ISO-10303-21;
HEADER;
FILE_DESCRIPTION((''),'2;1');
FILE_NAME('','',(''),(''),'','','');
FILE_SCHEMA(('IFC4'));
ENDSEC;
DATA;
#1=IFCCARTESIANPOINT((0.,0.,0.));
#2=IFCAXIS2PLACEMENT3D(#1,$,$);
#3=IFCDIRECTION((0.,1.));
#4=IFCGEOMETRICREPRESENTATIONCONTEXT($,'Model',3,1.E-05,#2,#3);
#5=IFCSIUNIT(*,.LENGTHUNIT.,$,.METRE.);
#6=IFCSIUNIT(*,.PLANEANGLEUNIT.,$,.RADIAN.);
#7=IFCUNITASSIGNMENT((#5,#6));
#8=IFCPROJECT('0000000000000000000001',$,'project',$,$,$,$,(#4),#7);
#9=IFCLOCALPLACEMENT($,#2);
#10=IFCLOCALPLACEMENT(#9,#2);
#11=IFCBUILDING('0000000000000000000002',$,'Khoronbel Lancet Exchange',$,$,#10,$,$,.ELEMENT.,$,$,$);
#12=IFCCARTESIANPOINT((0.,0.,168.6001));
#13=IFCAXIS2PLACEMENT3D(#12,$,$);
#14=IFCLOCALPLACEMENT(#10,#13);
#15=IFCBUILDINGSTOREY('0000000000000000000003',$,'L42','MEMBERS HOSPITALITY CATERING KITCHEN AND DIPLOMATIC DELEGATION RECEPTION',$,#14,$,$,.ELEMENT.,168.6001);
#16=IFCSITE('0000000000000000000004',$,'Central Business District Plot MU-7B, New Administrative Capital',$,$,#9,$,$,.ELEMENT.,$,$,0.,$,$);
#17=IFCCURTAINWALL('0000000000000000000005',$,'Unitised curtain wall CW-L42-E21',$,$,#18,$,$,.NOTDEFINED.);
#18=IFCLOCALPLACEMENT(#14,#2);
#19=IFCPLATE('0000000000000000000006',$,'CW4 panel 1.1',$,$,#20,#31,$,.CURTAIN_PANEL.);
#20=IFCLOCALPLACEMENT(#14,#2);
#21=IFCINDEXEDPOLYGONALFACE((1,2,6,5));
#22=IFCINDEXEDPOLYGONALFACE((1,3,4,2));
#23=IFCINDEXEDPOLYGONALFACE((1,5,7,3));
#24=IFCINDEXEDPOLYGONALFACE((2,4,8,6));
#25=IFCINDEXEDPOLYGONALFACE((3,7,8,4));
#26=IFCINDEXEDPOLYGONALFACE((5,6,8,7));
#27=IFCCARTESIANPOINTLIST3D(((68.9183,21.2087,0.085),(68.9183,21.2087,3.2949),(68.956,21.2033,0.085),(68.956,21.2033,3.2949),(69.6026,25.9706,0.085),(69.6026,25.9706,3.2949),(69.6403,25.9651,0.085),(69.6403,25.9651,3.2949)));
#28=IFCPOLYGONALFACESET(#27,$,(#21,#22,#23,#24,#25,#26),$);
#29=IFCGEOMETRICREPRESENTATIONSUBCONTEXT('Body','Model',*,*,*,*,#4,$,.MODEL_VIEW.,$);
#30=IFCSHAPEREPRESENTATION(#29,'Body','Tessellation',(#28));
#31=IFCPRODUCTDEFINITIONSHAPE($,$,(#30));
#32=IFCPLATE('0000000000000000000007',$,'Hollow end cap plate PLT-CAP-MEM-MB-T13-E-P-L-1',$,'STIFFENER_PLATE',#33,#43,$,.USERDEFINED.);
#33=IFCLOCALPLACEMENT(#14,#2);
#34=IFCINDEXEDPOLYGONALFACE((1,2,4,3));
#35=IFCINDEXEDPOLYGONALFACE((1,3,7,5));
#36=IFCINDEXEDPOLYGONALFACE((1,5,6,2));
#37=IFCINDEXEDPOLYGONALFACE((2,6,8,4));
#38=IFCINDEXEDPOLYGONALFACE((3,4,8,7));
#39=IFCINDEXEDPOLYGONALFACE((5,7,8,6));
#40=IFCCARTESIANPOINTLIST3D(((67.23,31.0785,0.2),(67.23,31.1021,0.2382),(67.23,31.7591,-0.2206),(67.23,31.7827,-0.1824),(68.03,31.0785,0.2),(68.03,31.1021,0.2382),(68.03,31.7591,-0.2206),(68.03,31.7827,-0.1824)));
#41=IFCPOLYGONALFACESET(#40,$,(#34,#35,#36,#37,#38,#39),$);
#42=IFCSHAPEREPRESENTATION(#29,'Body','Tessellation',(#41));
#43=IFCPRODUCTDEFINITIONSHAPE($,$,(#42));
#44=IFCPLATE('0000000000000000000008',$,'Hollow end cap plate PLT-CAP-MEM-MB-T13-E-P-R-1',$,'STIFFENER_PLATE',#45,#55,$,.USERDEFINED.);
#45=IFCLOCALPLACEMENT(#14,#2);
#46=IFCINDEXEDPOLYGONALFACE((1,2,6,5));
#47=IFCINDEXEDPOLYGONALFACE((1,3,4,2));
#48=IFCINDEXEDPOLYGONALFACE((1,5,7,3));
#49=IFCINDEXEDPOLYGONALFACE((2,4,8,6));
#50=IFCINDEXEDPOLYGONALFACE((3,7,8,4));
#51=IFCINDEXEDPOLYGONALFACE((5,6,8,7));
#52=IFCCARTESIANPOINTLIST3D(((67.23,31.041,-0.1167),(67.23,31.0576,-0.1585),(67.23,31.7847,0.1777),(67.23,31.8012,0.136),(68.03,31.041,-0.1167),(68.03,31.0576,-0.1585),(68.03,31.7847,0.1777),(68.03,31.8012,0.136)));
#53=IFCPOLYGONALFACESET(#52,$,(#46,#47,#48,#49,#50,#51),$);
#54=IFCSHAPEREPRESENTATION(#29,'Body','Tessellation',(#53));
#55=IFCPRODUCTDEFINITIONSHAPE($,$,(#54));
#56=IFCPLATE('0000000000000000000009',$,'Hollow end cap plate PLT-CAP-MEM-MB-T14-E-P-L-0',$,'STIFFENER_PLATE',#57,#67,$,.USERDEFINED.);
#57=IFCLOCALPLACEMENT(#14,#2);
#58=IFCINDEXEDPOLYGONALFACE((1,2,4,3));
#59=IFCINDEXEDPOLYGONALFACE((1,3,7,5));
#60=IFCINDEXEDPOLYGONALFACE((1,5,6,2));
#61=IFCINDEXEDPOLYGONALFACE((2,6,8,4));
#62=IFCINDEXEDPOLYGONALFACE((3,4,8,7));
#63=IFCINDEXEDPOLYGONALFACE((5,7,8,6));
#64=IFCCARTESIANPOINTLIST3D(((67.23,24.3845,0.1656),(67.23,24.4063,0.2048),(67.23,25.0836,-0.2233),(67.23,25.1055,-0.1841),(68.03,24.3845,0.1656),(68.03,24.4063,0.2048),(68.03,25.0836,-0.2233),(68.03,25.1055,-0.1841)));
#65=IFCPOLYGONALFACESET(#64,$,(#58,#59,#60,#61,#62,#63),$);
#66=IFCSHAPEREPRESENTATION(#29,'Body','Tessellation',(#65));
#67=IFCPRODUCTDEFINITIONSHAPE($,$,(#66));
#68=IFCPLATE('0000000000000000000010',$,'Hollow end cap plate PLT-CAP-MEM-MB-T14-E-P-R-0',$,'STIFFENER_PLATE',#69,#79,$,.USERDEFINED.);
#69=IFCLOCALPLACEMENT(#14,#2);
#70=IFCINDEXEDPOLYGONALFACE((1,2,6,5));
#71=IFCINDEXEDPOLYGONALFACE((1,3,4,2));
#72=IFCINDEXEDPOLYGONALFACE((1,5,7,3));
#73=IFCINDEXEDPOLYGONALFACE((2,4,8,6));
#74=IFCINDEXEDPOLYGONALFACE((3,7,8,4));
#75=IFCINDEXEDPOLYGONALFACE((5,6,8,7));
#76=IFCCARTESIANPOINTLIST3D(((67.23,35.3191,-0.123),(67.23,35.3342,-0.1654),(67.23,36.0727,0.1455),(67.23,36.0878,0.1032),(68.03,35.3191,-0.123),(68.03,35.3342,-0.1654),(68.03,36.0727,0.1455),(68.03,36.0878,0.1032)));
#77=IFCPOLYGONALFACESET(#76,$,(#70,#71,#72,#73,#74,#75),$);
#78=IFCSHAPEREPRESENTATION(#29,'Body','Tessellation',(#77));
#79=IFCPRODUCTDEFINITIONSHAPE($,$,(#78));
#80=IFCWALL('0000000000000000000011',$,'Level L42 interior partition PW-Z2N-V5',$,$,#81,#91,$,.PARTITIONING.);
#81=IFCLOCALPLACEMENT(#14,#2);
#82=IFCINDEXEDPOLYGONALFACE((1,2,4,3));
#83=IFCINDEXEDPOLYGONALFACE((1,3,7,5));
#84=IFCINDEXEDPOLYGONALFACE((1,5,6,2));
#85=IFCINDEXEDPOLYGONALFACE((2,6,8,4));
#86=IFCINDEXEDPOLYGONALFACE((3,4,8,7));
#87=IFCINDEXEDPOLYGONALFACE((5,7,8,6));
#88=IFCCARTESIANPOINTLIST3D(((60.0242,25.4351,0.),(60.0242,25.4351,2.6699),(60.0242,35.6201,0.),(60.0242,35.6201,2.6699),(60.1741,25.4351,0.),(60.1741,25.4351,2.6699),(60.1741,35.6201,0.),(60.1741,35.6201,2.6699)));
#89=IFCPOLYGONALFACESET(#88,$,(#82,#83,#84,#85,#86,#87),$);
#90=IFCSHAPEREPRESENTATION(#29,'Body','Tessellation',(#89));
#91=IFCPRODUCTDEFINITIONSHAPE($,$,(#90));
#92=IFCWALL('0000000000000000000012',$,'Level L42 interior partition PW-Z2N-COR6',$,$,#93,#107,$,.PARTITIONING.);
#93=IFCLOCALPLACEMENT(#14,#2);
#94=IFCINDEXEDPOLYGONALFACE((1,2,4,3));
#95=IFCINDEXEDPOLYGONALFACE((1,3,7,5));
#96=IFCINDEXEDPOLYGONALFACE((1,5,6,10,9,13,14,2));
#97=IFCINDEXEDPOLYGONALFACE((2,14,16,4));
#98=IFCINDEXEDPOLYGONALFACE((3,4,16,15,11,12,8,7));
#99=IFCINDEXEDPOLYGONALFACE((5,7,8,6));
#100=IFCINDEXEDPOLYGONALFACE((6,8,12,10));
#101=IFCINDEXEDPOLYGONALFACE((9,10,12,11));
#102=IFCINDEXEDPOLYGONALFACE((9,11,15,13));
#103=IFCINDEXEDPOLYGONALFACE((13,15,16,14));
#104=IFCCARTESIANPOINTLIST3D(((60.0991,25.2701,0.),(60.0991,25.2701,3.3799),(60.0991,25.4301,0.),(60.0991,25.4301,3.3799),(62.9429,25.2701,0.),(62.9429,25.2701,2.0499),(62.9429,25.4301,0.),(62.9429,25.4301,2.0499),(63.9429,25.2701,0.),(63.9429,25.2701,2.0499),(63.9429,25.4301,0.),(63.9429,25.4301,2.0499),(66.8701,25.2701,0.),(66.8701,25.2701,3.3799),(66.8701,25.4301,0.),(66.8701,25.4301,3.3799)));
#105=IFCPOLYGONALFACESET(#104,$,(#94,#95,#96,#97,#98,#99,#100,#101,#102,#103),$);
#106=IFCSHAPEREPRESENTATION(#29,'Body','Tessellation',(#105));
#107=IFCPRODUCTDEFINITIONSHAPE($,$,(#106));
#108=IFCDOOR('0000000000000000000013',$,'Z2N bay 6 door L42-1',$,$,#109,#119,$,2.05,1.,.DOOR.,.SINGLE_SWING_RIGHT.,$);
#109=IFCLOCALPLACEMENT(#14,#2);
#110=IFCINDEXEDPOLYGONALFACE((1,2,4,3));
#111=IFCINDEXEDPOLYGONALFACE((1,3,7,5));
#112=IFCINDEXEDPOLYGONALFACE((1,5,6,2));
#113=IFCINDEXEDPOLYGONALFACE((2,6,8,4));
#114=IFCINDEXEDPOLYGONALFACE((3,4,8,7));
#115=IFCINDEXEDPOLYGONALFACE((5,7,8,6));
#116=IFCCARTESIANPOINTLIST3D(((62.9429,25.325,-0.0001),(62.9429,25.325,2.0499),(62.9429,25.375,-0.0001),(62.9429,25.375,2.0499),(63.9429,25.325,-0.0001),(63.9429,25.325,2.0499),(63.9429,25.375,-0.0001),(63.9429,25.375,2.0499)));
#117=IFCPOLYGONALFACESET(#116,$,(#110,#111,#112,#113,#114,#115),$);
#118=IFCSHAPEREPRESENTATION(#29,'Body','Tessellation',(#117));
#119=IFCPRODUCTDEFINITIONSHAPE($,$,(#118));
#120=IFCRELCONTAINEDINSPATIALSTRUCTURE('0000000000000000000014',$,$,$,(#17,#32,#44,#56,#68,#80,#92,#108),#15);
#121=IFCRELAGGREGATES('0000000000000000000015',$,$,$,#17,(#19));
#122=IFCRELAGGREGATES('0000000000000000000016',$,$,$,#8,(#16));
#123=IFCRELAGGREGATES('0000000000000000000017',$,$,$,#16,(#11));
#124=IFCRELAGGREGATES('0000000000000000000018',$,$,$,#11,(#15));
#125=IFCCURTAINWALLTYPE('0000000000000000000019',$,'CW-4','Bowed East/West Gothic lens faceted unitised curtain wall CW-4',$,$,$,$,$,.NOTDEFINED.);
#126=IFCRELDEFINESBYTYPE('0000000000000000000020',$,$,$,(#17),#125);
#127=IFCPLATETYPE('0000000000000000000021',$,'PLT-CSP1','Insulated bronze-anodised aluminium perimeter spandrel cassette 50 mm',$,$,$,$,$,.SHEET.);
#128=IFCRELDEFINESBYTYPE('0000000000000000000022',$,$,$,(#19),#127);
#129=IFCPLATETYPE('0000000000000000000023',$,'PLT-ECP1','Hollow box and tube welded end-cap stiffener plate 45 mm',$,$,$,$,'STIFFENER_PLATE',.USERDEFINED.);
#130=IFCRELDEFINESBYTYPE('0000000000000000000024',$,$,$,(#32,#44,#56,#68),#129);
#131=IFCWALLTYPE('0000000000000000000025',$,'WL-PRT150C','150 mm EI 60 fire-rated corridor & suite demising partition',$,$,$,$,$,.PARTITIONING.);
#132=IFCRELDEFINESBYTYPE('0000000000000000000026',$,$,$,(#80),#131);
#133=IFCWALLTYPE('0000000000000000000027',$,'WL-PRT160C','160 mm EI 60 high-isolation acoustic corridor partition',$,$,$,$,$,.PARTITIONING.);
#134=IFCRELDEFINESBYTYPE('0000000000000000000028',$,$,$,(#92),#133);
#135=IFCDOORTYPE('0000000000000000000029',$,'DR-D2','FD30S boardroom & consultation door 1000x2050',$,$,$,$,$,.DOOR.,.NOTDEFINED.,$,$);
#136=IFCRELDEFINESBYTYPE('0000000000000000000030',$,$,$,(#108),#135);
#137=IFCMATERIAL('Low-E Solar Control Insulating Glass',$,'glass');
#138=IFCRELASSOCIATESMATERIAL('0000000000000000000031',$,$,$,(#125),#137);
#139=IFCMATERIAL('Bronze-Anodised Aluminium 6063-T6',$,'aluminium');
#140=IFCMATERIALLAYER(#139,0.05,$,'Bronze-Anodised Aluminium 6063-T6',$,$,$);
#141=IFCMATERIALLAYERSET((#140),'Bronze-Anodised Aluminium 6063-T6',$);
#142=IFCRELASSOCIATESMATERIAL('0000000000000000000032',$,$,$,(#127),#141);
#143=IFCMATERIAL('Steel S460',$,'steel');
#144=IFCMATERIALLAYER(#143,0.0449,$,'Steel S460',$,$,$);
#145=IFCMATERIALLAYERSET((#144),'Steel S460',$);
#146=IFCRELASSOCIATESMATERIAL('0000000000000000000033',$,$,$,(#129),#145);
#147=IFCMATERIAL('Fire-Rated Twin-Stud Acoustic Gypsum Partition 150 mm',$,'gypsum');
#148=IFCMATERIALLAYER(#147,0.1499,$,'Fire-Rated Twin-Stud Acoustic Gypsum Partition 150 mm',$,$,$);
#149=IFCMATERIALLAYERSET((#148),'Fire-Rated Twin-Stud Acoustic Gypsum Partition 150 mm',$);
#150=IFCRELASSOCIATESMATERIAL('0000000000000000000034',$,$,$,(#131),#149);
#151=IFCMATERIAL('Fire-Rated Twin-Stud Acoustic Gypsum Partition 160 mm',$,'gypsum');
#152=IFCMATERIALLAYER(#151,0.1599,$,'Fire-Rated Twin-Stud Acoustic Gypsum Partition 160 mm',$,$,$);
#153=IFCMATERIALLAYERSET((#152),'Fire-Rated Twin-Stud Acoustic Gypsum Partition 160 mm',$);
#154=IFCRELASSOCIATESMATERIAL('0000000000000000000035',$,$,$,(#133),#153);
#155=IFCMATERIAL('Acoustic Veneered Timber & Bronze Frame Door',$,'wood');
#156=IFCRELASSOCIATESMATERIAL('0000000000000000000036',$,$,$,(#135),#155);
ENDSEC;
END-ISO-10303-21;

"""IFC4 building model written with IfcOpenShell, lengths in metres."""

from ifc_helpers import new_model, si_unit, direction, frame, frame_2d, origin, origin_2d, place, context, subcontext, project, spatial, polyline, rectangle, outline, extrude, material, layer, layer_set, type_object, element, fill, aggregate, save


model = new_model("IFC4")

# Units and contexts
model_context = context("Model", 3, precision=1e-05, world=origin(), true_north=direction((0.0, 1.0)))
body_context = subcontext(model_context, "Body", "Model", "MODEL_VIEW")
ifc_project = project(units=[si_unit("LENGTHUNIT", "METRE"), si_unit("PLANEANGLEUNIT", "RADIAN")], contexts=[model_context])

# Site, building, storey
site_placement = place(None, origin())
site = spatial("IfcSite", under=ifc_project, at=site_placement, Name="Central Business District Plot MU-7B, New Administrative Capital", CompositionType="ELEMENT", RefElevation=0.0)
building_placement = place(site_placement, origin())
building = spatial("IfcBuilding", under=site, at=building_placement, Name="Khoronbel Lancet Exchange", CompositionType="ELEMENT")
storey_placement = place(building_placement, frame((0.0, 0.0, 168.6001)))
storey = spatial("IfcBuildingStorey", under=building, at=storey_placement, Name="L42", Description="MEMBERS HOSPITALITY CATERING KITCHEN AND DIPLOMATIC DELEGATION RECEPTION", CompositionType="ELEMENT", Elevation=168.6001)

# Shared definitions
ifc_material_1 = material(Name="Steel S460", Category="steel")

# Shared definitions
ifc_material_2 = material(Name="Low-E Solar Control Insulating Glass", Category="glass")
curtain_wall_type = type_object("IfcCurtainWallType", Name="CW-4", Description="Bowed East/West Gothic lens faceted unitised curtain wall CW-4", PredefinedType="NOTDEFINED", material=ifc_material_2)
ifc_material_3 = material(Name="Bronze-Anodised Aluminium 6063-T6", Category="aluminium")

# Curtain wall
curtain_wall_1_placement = place(storey_placement, origin())
curtain_wall_1 = element("IfcCurtainWall", 1, at=curtain_wall_1_placement, inside=storey, type_object=curtain_wall_type, Name="Unitised curtain wall CW-L42-E21", PredefinedType="NOTDEFINED")

# Plate
ifc_layer_1 = layer(ifc_material_3, 0.05, Name="Bronze-Anodised Aluminium 6063-T6")
ifc_layer_set_1 = layer_set([ifc_layer_1], Name="Bronze-Anodised Aluminium 6063-T6")
plate_type_1 = type_object("IfcPlateType", Name="PLT-CSP1", Description="Insulated bronze-anodised aluminium perimeter spandrel cassette 50 mm", PredefinedType="SHEET", material=ifc_layer_set_1)
plate_1_placement = place(storey_placement, frame((69.2793, 23.5869, 0.085), z_axis=(0.0, 0.0, 1.0), x_axis=(-0.142257, -0.98983, 0.0)))
plate_1 = element("IfcPlate", 2, at=plate_1_placement, type_object=plate_type_1, Name="CW4 panel 1.1", PredefinedType="CURTAIN_PANEL", context=body_context, shape_type="SweptSolid", body=[
    extrude(rectangle(XDim=4.8108, YDim=0.0381, at=origin_2d()), origin(), (0.0, 0.0, 1.0), 3.21),
])
aggregate(curtain_wall_1, [plate_1])

# Plates
ifc_layer_2 = layer(ifc_material_1, 0.0449, Name="Steel S460")
ifc_layer_set_2 = layer_set([ifc_layer_2], Name="Steel S460")
plate_type_2 = type_object("IfcPlateType", Name="PLT-ECP1", Description="Hollow box and tube welded end-cap stiffener plate 45 mm", ElementType="STIFFENER_PLATE", PredefinedType="USERDEFINED", material=ifc_layer_set_2)
plate_2_placement = place(storey_placement, frame((68.03, 31.7827, -0.1824), z_axis=(0.0, 0.525714, 0.850662), x_axis=(-1.0, 0.0, 0.0)))
element("IfcPlate", 3, at=plate_2_placement, inside=storey, type_object=plate_type_2, Name="Hollow end cap plate PLT-CAP-MEM-MB-T13-E-P-L-1", ObjectType="STIFFENER_PLATE", PredefinedType="USERDEFINED", context=body_context, shape_type="SweptSolid", body=[
    extrude(outline(polyline([(0.0, 0.0), (0.8, 0.0), (0.8, 0.8), (0.0, 0.8), (0.0, 0.0)])), origin(), (0.0, 0.0, -1.0), 0.0449),
])
plate_3_placement = place(storey_placement, frame((67.23, 31.041, -0.1167), z_axis=(0.0, -0.368125, 0.929776), x_axis=(1.0, 0.0, 0.0)))
element("IfcPlate", 4, at=plate_3_placement, inside=storey, type_object=plate_type_2, Name="Hollow end cap plate PLT-CAP-MEM-MB-T13-E-P-R-1", ObjectType="STIFFENER_PLATE", PredefinedType="USERDEFINED", context=body_context, shape_type="SweptSolid", body=[
    extrude(outline(polyline([(0.0, 0.0), (0.8, 0.0), (0.8, 0.7998), (0.0, 0.7998), (0.0, 0.0)])), origin(), (0.0, 0.0, -1.0), 0.0449),
])
for number, where, z_axis, x_axis, name in (
    (5, (68.03, 25.1055, -0.1841), (0.0, 0.486083, 0.873912), (-1.0, 0.0, 0.0), "Hollow end cap plate PLT-CAP-MEM-MB-T14-E-P-L-0"),
    (6, (67.23, 35.3191, -0.123), (0.0, -0.33566, 0.941983), (1.0, 0.0, 0.0), "Hollow end cap plate PLT-CAP-MEM-MB-T14-E-P-R-0"),
):
    element("IfcPlate", number, at=place(storey_placement, frame(where, z_axis=z_axis, x_axis=x_axis)), inside=storey, type_object=plate_type_2, Name=name, ObjectType="STIFFENER_PLATE", PredefinedType="USERDEFINED", context=body_context, shape_type="SweptSolid", body=[
        extrude(outline(polyline([(0.0, 0.0), (0.8, 0.0), (0.8, 0.8), (0.0, 0.8), (0.0, 0.0)])), origin(), (0.0, 0.0, -1.0), 0.0449),
    ])

# Wall
ifc_material_4 = material(Name="Fire-Rated Twin-Stud Acoustic Gypsum Partition 150 mm", Category="gypsum")
ifc_layer_3 = layer(ifc_material_4, 0.1499, Name="Fire-Rated Twin-Stud Acoustic Gypsum Partition 150 mm")
ifc_layer_set_3 = layer_set([ifc_layer_3], Name="Fire-Rated Twin-Stud Acoustic Gypsum Partition 150 mm")
wall_type_1 = type_object("IfcWallType", Name="WL-PRT150C", Description="150 mm EI 60 fire-rated corridor & suite demising partition", PredefinedType="PARTITIONING", material=ifc_layer_set_3)
wall_1_placement = place(storey_placement, frame((60.0991, 25.4351, 0.0), z_axis=(0.0, 0.0, 1.0), x_axis=(0.0, 1.0, 0.0)))
element("IfcWall", 7, at=wall_1_placement, inside=storey, type_object=wall_type_1, Name="Level L42 interior partition PW-Z2N-V5", PredefinedType="PARTITIONING", context=body_context, shape_type="SweptSolid", body=[
    extrude(rectangle(XDim=10.1851, YDim=0.1499, at=frame_2d((5.0925, 0.0))), origin(), (0.0, 0.0, 1.0), 2.6699),
])

# Wall, opening, door
ifc_material_5 = material(Name="Fire-Rated Twin-Stud Acoustic Gypsum Partition 160 mm", Category="gypsum")
ifc_layer_4 = layer(ifc_material_5, 0.1599, Name="Fire-Rated Twin-Stud Acoustic Gypsum Partition 160 mm")
ifc_layer_set_4 = layer_set([ifc_layer_4], Name="Fire-Rated Twin-Stud Acoustic Gypsum Partition 160 mm")
wall_type_2 = type_object("IfcWallType", Name="WL-PRT160C", Description="160 mm EI 60 high-isolation acoustic corridor partition", PredefinedType="PARTITIONING", material=ifc_layer_set_4)
wall_2_placement = place(storey_placement, frame((60.0991, 25.3501, 0.0), z_axis=(0.0, 0.0, 1.0), x_axis=(1.0, 0.0, 0.0)))
wall_2 = element("IfcWall", 8, at=wall_2_placement, inside=storey, type_object=wall_type_2, Name="Level L42 interior partition PW-Z2N-COR6", PredefinedType="PARTITIONING", context=body_context, shape_type="SweptSolid", body=[
    extrude(rectangle(XDim=6.771, YDim=0.1599, at=frame_2d((3.3855, 0.0))), origin(), (0.0, 0.0, 1.0), 3.3799),
])
opening_placement = place(wall_2_placement, frame((2.8438, 0.0, 0.0)))
opening = element("IfcOpeningElement", 9, at=opening_placement, cuts=wall_2, PredefinedType="OPENING", context=body_context, shape_type="SweptSolid", body=[
    extrude(rectangle(XDim=1.0, YDim=2.05, at=frame_2d((0.5, 1.0249))), frame((0.0, 0.0898, 0.0), z_axis=(0.0, -1.0, 0.0), x_axis=(1.0, 0.0, 0.0)), (0.0, 0.0, 1.0), 0.1799),
])
ifc_material_6 = material(Name="Acoustic Veneered Timber & Bronze Frame Door", Category="wood")
door_type = type_object("IfcDoorType", Name="DR-D2", Description="FD30S boardroom & consultation door 1000x2050", OperationType="NOTDEFINED", PredefinedType="DOOR", material=ifc_material_6)
door_placement = place(opening_placement, origin())
door = element("IfcDoor", 10, at=door_placement, inside=storey, type_object=door_type, Name="Z2N bay 6 door L42-1", OperationType="SINGLE_SWING_RIGHT", OverallHeight=2.05, OverallWidth=1.0, PredefinedType="DOOR", context=body_context, shape_type="SweptSolid", body=[
    extrude(rectangle(XDim=1.0, YDim=2.05, at=frame_2d((0.5, 1.0249))), frame((0.0, 0.0249, 0.0), z_axis=(0.0, -1.0, 0.0), x_axis=(1.0, 0.0, 0.0)), (0.0, 0.0, 1.0), 0.05),
])
fill(opening, door)

save(model, "model.ifc")
